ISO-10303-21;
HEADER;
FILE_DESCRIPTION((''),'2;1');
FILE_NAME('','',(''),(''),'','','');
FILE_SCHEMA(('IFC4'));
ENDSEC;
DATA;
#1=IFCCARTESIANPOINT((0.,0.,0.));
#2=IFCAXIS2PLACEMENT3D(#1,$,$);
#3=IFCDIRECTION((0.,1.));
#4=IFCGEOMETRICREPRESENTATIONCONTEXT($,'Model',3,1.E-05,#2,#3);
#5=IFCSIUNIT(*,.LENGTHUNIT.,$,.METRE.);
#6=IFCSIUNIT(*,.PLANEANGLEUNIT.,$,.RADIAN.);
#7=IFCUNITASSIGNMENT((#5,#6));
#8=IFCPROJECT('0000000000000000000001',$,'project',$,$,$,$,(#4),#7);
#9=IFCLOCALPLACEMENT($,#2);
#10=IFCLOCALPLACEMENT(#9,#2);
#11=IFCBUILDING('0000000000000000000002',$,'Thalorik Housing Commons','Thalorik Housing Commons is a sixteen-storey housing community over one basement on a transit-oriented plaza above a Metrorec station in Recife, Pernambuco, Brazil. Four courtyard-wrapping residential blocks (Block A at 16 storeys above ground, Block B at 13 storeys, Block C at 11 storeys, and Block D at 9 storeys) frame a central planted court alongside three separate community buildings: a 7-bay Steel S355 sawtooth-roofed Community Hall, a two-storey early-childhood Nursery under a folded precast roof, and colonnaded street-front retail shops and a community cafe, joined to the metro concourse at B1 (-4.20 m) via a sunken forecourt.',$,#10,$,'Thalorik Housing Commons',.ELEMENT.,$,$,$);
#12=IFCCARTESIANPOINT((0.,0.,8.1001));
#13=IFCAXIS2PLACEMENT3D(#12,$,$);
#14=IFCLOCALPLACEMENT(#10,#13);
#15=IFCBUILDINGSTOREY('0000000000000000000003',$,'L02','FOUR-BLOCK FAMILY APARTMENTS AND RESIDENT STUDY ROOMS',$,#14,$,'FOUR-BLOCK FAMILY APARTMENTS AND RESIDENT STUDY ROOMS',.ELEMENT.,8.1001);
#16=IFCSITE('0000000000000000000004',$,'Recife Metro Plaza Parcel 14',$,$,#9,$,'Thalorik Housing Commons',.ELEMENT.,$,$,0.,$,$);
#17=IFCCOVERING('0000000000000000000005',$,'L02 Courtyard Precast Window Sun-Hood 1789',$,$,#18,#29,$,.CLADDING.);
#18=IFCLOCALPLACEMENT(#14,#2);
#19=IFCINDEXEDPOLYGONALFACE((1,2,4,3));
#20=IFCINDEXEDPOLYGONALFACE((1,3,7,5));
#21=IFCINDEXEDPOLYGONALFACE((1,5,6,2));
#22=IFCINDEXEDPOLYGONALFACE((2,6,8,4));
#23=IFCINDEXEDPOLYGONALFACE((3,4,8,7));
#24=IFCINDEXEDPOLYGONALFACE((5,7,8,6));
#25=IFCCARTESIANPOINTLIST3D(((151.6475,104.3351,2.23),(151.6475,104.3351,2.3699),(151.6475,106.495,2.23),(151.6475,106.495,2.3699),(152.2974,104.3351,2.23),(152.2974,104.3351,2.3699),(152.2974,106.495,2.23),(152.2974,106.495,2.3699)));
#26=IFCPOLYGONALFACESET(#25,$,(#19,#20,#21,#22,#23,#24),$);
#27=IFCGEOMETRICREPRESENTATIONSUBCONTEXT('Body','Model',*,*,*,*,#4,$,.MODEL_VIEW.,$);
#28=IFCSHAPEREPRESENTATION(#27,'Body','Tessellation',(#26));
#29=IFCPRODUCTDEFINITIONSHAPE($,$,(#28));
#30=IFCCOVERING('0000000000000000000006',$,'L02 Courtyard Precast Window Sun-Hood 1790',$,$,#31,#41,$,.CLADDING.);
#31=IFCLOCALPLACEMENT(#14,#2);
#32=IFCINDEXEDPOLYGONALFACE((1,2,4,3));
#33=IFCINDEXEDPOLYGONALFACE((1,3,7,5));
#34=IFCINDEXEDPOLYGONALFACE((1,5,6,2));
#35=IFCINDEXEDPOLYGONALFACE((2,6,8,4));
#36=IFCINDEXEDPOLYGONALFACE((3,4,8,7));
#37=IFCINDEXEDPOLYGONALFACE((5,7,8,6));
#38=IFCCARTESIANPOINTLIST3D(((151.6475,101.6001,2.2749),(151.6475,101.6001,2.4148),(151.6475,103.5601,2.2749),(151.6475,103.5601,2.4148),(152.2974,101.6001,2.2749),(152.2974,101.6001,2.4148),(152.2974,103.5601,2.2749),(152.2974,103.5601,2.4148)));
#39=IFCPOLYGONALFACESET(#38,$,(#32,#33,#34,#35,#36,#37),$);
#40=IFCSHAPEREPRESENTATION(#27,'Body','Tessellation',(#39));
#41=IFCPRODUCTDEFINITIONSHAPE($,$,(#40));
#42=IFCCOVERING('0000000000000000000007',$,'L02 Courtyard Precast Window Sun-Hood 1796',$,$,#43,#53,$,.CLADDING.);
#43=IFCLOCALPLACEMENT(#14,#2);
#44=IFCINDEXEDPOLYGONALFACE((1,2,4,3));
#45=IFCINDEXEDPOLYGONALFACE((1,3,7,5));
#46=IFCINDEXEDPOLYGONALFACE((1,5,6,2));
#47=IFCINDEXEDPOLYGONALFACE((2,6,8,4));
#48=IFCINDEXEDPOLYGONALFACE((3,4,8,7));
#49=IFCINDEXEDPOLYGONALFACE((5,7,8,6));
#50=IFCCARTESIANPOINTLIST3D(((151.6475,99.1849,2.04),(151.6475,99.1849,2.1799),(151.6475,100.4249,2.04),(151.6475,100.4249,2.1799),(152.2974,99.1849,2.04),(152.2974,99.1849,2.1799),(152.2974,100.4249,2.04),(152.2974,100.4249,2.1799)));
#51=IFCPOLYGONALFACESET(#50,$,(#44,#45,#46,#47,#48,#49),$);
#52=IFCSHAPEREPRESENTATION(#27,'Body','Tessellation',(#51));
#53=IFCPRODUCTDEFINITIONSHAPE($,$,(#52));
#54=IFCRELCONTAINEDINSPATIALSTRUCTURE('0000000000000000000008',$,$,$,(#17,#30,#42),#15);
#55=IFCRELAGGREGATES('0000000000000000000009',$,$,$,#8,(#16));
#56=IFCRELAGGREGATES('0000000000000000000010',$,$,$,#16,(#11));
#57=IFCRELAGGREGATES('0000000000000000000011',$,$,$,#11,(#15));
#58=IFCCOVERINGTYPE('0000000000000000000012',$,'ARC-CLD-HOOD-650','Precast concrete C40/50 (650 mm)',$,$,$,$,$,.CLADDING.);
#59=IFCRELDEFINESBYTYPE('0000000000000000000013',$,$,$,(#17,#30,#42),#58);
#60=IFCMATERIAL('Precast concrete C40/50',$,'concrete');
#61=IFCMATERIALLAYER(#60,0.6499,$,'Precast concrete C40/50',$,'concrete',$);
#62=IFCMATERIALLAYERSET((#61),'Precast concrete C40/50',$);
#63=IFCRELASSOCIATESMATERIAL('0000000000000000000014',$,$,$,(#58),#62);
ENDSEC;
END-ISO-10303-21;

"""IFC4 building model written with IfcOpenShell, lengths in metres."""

from ifc_helpers import new_model, si_unit, direction, frame, origin, origin_2d, place, context, subcontext, project, spatial, rectangle, extrude, material, layer, layer_set, type_object, element, save


model = new_model("IFC4")

# Units and contexts
model_context = context("Model", 3, precision=1e-05, world=origin(), true_north=direction((0.0, 1.0)))
body_context = subcontext(model_context, "Body", "Model", "MODEL_VIEW")
ifc_project = project(units=[si_unit("LENGTHUNIT", "METRE"), si_unit("PLANEANGLEUNIT", "RADIAN")], contexts=[model_context])

# Site, building, storey
site_placement = place(None, origin())
site = spatial("IfcSite", under=ifc_project, at=site_placement, Name="Recife Metro Plaza Parcel 14", LongName="Thalorik Housing Commons", CompositionType="ELEMENT", RefElevation=0.0)
building_placement = place(site_placement, origin())
building = spatial("IfcBuilding", under=site, at=building_placement, Name="Thalorik Housing Commons", Description="Thalorik Housing Commons is a sixteen-storey housing community over one basement on a transit-oriented plaza above a Metrorec station in Recife, Pernambuco, Brazil. Four courtyard-wrapping residential blocks (Block A at 16 storeys above ground, Block B at 13 storeys, Block C at 11 storeys, and Block D at 9 storeys) frame a central planted court alongside three separate community buildings: a 7-bay Steel S355 sawtooth-roofed Community Hall, a two-storey early-childhood Nursery under a folded precast roof, and colonnaded street-front retail shops and a community cafe, joined to the metro concourse at B1 (-4.20 m) via a sunken forecourt.", LongName="Thalorik Housing Commons", CompositionType="ELEMENT")
storey_placement = place(building_placement, frame((0.0, 0.0, 8.1001)))
storey = spatial("IfcBuildingStorey", under=building, at=storey_placement, Name="L02", Description="FOUR-BLOCK FAMILY APARTMENTS AND RESIDENT STUDY ROOMS", LongName="FOUR-BLOCK FAMILY APARTMENTS AND RESIDENT STUDY ROOMS", CompositionType="ELEMENT", Elevation=8.1001)

# Shared definitions
ifc_material_1 = material(Name="Precast concrete C40/50", Category="concrete")

# Coverings
ifc_layer_1 = layer(ifc_material_1, 0.6499, Name="Precast concrete C40/50", Category="concrete")
ifc_layer_set_1 = layer_set([ifc_layer_1], Name="Precast concrete C40/50")
covering_type_1 = type_object("IfcCoveringType", Name="ARC-CLD-HOOD-650", Description="Precast concrete C40/50 (650 mm)", PredefinedType="CLADDING", material=ifc_layer_set_1)
covering_1_placement = place(storey_placement, frame((151.9724, 105.415, 2.23), z_axis=(0.0, 0.0, 1.0), x_axis=(0.0, -1.0, 0.0)))
element("IfcCovering", 1, at=covering_1_placement, inside=storey, type_object=covering_type_1, Name="L02 Courtyard Precast Window Sun-Hood 1789", PredefinedType="CLADDING", context=body_context, shape_type="SweptSolid", body=[
    extrude(rectangle(XDim=2.1599, YDim=0.6499, at=origin_2d()), origin(), (0.0, 0.0, 1.0), 0.1399),
])
covering_2_placement = place(storey_placement, frame((151.9724, 102.5801, 2.2749), z_axis=(0.0, 0.0, 1.0), x_axis=(0.0, -1.0, 0.0)))
element("IfcCovering", 2, at=covering_2_placement, inside=storey, type_object=covering_type_1, Name="L02 Courtyard Precast Window Sun-Hood 1790", PredefinedType="CLADDING", context=body_context, shape_type="SweptSolid", body=[
    extrude(rectangle(XDim=1.96, YDim=0.6499, at=origin_2d()), origin(), (0.0, 0.0, 1.0), 0.1399),
])
covering_3_placement = place(storey_placement, frame((151.9724, 99.8049, 2.04), z_axis=(0.0, 0.0, 1.0), x_axis=(0.0, -1.0, 0.0)))
element("IfcCovering", 3, at=covering_3_placement, inside=storey, type_object=covering_type_1, Name="L02 Courtyard Precast Window Sun-Hood 1796", PredefinedType="CLADDING", context=body_context, shape_type="SweptSolid", body=[
    extrude(rectangle(XDim=1.24, YDim=0.6499, at=origin_2d()), origin(), (0.0, 0.0, 1.0), 0.1399),
])

save(model, "model.ifc")
